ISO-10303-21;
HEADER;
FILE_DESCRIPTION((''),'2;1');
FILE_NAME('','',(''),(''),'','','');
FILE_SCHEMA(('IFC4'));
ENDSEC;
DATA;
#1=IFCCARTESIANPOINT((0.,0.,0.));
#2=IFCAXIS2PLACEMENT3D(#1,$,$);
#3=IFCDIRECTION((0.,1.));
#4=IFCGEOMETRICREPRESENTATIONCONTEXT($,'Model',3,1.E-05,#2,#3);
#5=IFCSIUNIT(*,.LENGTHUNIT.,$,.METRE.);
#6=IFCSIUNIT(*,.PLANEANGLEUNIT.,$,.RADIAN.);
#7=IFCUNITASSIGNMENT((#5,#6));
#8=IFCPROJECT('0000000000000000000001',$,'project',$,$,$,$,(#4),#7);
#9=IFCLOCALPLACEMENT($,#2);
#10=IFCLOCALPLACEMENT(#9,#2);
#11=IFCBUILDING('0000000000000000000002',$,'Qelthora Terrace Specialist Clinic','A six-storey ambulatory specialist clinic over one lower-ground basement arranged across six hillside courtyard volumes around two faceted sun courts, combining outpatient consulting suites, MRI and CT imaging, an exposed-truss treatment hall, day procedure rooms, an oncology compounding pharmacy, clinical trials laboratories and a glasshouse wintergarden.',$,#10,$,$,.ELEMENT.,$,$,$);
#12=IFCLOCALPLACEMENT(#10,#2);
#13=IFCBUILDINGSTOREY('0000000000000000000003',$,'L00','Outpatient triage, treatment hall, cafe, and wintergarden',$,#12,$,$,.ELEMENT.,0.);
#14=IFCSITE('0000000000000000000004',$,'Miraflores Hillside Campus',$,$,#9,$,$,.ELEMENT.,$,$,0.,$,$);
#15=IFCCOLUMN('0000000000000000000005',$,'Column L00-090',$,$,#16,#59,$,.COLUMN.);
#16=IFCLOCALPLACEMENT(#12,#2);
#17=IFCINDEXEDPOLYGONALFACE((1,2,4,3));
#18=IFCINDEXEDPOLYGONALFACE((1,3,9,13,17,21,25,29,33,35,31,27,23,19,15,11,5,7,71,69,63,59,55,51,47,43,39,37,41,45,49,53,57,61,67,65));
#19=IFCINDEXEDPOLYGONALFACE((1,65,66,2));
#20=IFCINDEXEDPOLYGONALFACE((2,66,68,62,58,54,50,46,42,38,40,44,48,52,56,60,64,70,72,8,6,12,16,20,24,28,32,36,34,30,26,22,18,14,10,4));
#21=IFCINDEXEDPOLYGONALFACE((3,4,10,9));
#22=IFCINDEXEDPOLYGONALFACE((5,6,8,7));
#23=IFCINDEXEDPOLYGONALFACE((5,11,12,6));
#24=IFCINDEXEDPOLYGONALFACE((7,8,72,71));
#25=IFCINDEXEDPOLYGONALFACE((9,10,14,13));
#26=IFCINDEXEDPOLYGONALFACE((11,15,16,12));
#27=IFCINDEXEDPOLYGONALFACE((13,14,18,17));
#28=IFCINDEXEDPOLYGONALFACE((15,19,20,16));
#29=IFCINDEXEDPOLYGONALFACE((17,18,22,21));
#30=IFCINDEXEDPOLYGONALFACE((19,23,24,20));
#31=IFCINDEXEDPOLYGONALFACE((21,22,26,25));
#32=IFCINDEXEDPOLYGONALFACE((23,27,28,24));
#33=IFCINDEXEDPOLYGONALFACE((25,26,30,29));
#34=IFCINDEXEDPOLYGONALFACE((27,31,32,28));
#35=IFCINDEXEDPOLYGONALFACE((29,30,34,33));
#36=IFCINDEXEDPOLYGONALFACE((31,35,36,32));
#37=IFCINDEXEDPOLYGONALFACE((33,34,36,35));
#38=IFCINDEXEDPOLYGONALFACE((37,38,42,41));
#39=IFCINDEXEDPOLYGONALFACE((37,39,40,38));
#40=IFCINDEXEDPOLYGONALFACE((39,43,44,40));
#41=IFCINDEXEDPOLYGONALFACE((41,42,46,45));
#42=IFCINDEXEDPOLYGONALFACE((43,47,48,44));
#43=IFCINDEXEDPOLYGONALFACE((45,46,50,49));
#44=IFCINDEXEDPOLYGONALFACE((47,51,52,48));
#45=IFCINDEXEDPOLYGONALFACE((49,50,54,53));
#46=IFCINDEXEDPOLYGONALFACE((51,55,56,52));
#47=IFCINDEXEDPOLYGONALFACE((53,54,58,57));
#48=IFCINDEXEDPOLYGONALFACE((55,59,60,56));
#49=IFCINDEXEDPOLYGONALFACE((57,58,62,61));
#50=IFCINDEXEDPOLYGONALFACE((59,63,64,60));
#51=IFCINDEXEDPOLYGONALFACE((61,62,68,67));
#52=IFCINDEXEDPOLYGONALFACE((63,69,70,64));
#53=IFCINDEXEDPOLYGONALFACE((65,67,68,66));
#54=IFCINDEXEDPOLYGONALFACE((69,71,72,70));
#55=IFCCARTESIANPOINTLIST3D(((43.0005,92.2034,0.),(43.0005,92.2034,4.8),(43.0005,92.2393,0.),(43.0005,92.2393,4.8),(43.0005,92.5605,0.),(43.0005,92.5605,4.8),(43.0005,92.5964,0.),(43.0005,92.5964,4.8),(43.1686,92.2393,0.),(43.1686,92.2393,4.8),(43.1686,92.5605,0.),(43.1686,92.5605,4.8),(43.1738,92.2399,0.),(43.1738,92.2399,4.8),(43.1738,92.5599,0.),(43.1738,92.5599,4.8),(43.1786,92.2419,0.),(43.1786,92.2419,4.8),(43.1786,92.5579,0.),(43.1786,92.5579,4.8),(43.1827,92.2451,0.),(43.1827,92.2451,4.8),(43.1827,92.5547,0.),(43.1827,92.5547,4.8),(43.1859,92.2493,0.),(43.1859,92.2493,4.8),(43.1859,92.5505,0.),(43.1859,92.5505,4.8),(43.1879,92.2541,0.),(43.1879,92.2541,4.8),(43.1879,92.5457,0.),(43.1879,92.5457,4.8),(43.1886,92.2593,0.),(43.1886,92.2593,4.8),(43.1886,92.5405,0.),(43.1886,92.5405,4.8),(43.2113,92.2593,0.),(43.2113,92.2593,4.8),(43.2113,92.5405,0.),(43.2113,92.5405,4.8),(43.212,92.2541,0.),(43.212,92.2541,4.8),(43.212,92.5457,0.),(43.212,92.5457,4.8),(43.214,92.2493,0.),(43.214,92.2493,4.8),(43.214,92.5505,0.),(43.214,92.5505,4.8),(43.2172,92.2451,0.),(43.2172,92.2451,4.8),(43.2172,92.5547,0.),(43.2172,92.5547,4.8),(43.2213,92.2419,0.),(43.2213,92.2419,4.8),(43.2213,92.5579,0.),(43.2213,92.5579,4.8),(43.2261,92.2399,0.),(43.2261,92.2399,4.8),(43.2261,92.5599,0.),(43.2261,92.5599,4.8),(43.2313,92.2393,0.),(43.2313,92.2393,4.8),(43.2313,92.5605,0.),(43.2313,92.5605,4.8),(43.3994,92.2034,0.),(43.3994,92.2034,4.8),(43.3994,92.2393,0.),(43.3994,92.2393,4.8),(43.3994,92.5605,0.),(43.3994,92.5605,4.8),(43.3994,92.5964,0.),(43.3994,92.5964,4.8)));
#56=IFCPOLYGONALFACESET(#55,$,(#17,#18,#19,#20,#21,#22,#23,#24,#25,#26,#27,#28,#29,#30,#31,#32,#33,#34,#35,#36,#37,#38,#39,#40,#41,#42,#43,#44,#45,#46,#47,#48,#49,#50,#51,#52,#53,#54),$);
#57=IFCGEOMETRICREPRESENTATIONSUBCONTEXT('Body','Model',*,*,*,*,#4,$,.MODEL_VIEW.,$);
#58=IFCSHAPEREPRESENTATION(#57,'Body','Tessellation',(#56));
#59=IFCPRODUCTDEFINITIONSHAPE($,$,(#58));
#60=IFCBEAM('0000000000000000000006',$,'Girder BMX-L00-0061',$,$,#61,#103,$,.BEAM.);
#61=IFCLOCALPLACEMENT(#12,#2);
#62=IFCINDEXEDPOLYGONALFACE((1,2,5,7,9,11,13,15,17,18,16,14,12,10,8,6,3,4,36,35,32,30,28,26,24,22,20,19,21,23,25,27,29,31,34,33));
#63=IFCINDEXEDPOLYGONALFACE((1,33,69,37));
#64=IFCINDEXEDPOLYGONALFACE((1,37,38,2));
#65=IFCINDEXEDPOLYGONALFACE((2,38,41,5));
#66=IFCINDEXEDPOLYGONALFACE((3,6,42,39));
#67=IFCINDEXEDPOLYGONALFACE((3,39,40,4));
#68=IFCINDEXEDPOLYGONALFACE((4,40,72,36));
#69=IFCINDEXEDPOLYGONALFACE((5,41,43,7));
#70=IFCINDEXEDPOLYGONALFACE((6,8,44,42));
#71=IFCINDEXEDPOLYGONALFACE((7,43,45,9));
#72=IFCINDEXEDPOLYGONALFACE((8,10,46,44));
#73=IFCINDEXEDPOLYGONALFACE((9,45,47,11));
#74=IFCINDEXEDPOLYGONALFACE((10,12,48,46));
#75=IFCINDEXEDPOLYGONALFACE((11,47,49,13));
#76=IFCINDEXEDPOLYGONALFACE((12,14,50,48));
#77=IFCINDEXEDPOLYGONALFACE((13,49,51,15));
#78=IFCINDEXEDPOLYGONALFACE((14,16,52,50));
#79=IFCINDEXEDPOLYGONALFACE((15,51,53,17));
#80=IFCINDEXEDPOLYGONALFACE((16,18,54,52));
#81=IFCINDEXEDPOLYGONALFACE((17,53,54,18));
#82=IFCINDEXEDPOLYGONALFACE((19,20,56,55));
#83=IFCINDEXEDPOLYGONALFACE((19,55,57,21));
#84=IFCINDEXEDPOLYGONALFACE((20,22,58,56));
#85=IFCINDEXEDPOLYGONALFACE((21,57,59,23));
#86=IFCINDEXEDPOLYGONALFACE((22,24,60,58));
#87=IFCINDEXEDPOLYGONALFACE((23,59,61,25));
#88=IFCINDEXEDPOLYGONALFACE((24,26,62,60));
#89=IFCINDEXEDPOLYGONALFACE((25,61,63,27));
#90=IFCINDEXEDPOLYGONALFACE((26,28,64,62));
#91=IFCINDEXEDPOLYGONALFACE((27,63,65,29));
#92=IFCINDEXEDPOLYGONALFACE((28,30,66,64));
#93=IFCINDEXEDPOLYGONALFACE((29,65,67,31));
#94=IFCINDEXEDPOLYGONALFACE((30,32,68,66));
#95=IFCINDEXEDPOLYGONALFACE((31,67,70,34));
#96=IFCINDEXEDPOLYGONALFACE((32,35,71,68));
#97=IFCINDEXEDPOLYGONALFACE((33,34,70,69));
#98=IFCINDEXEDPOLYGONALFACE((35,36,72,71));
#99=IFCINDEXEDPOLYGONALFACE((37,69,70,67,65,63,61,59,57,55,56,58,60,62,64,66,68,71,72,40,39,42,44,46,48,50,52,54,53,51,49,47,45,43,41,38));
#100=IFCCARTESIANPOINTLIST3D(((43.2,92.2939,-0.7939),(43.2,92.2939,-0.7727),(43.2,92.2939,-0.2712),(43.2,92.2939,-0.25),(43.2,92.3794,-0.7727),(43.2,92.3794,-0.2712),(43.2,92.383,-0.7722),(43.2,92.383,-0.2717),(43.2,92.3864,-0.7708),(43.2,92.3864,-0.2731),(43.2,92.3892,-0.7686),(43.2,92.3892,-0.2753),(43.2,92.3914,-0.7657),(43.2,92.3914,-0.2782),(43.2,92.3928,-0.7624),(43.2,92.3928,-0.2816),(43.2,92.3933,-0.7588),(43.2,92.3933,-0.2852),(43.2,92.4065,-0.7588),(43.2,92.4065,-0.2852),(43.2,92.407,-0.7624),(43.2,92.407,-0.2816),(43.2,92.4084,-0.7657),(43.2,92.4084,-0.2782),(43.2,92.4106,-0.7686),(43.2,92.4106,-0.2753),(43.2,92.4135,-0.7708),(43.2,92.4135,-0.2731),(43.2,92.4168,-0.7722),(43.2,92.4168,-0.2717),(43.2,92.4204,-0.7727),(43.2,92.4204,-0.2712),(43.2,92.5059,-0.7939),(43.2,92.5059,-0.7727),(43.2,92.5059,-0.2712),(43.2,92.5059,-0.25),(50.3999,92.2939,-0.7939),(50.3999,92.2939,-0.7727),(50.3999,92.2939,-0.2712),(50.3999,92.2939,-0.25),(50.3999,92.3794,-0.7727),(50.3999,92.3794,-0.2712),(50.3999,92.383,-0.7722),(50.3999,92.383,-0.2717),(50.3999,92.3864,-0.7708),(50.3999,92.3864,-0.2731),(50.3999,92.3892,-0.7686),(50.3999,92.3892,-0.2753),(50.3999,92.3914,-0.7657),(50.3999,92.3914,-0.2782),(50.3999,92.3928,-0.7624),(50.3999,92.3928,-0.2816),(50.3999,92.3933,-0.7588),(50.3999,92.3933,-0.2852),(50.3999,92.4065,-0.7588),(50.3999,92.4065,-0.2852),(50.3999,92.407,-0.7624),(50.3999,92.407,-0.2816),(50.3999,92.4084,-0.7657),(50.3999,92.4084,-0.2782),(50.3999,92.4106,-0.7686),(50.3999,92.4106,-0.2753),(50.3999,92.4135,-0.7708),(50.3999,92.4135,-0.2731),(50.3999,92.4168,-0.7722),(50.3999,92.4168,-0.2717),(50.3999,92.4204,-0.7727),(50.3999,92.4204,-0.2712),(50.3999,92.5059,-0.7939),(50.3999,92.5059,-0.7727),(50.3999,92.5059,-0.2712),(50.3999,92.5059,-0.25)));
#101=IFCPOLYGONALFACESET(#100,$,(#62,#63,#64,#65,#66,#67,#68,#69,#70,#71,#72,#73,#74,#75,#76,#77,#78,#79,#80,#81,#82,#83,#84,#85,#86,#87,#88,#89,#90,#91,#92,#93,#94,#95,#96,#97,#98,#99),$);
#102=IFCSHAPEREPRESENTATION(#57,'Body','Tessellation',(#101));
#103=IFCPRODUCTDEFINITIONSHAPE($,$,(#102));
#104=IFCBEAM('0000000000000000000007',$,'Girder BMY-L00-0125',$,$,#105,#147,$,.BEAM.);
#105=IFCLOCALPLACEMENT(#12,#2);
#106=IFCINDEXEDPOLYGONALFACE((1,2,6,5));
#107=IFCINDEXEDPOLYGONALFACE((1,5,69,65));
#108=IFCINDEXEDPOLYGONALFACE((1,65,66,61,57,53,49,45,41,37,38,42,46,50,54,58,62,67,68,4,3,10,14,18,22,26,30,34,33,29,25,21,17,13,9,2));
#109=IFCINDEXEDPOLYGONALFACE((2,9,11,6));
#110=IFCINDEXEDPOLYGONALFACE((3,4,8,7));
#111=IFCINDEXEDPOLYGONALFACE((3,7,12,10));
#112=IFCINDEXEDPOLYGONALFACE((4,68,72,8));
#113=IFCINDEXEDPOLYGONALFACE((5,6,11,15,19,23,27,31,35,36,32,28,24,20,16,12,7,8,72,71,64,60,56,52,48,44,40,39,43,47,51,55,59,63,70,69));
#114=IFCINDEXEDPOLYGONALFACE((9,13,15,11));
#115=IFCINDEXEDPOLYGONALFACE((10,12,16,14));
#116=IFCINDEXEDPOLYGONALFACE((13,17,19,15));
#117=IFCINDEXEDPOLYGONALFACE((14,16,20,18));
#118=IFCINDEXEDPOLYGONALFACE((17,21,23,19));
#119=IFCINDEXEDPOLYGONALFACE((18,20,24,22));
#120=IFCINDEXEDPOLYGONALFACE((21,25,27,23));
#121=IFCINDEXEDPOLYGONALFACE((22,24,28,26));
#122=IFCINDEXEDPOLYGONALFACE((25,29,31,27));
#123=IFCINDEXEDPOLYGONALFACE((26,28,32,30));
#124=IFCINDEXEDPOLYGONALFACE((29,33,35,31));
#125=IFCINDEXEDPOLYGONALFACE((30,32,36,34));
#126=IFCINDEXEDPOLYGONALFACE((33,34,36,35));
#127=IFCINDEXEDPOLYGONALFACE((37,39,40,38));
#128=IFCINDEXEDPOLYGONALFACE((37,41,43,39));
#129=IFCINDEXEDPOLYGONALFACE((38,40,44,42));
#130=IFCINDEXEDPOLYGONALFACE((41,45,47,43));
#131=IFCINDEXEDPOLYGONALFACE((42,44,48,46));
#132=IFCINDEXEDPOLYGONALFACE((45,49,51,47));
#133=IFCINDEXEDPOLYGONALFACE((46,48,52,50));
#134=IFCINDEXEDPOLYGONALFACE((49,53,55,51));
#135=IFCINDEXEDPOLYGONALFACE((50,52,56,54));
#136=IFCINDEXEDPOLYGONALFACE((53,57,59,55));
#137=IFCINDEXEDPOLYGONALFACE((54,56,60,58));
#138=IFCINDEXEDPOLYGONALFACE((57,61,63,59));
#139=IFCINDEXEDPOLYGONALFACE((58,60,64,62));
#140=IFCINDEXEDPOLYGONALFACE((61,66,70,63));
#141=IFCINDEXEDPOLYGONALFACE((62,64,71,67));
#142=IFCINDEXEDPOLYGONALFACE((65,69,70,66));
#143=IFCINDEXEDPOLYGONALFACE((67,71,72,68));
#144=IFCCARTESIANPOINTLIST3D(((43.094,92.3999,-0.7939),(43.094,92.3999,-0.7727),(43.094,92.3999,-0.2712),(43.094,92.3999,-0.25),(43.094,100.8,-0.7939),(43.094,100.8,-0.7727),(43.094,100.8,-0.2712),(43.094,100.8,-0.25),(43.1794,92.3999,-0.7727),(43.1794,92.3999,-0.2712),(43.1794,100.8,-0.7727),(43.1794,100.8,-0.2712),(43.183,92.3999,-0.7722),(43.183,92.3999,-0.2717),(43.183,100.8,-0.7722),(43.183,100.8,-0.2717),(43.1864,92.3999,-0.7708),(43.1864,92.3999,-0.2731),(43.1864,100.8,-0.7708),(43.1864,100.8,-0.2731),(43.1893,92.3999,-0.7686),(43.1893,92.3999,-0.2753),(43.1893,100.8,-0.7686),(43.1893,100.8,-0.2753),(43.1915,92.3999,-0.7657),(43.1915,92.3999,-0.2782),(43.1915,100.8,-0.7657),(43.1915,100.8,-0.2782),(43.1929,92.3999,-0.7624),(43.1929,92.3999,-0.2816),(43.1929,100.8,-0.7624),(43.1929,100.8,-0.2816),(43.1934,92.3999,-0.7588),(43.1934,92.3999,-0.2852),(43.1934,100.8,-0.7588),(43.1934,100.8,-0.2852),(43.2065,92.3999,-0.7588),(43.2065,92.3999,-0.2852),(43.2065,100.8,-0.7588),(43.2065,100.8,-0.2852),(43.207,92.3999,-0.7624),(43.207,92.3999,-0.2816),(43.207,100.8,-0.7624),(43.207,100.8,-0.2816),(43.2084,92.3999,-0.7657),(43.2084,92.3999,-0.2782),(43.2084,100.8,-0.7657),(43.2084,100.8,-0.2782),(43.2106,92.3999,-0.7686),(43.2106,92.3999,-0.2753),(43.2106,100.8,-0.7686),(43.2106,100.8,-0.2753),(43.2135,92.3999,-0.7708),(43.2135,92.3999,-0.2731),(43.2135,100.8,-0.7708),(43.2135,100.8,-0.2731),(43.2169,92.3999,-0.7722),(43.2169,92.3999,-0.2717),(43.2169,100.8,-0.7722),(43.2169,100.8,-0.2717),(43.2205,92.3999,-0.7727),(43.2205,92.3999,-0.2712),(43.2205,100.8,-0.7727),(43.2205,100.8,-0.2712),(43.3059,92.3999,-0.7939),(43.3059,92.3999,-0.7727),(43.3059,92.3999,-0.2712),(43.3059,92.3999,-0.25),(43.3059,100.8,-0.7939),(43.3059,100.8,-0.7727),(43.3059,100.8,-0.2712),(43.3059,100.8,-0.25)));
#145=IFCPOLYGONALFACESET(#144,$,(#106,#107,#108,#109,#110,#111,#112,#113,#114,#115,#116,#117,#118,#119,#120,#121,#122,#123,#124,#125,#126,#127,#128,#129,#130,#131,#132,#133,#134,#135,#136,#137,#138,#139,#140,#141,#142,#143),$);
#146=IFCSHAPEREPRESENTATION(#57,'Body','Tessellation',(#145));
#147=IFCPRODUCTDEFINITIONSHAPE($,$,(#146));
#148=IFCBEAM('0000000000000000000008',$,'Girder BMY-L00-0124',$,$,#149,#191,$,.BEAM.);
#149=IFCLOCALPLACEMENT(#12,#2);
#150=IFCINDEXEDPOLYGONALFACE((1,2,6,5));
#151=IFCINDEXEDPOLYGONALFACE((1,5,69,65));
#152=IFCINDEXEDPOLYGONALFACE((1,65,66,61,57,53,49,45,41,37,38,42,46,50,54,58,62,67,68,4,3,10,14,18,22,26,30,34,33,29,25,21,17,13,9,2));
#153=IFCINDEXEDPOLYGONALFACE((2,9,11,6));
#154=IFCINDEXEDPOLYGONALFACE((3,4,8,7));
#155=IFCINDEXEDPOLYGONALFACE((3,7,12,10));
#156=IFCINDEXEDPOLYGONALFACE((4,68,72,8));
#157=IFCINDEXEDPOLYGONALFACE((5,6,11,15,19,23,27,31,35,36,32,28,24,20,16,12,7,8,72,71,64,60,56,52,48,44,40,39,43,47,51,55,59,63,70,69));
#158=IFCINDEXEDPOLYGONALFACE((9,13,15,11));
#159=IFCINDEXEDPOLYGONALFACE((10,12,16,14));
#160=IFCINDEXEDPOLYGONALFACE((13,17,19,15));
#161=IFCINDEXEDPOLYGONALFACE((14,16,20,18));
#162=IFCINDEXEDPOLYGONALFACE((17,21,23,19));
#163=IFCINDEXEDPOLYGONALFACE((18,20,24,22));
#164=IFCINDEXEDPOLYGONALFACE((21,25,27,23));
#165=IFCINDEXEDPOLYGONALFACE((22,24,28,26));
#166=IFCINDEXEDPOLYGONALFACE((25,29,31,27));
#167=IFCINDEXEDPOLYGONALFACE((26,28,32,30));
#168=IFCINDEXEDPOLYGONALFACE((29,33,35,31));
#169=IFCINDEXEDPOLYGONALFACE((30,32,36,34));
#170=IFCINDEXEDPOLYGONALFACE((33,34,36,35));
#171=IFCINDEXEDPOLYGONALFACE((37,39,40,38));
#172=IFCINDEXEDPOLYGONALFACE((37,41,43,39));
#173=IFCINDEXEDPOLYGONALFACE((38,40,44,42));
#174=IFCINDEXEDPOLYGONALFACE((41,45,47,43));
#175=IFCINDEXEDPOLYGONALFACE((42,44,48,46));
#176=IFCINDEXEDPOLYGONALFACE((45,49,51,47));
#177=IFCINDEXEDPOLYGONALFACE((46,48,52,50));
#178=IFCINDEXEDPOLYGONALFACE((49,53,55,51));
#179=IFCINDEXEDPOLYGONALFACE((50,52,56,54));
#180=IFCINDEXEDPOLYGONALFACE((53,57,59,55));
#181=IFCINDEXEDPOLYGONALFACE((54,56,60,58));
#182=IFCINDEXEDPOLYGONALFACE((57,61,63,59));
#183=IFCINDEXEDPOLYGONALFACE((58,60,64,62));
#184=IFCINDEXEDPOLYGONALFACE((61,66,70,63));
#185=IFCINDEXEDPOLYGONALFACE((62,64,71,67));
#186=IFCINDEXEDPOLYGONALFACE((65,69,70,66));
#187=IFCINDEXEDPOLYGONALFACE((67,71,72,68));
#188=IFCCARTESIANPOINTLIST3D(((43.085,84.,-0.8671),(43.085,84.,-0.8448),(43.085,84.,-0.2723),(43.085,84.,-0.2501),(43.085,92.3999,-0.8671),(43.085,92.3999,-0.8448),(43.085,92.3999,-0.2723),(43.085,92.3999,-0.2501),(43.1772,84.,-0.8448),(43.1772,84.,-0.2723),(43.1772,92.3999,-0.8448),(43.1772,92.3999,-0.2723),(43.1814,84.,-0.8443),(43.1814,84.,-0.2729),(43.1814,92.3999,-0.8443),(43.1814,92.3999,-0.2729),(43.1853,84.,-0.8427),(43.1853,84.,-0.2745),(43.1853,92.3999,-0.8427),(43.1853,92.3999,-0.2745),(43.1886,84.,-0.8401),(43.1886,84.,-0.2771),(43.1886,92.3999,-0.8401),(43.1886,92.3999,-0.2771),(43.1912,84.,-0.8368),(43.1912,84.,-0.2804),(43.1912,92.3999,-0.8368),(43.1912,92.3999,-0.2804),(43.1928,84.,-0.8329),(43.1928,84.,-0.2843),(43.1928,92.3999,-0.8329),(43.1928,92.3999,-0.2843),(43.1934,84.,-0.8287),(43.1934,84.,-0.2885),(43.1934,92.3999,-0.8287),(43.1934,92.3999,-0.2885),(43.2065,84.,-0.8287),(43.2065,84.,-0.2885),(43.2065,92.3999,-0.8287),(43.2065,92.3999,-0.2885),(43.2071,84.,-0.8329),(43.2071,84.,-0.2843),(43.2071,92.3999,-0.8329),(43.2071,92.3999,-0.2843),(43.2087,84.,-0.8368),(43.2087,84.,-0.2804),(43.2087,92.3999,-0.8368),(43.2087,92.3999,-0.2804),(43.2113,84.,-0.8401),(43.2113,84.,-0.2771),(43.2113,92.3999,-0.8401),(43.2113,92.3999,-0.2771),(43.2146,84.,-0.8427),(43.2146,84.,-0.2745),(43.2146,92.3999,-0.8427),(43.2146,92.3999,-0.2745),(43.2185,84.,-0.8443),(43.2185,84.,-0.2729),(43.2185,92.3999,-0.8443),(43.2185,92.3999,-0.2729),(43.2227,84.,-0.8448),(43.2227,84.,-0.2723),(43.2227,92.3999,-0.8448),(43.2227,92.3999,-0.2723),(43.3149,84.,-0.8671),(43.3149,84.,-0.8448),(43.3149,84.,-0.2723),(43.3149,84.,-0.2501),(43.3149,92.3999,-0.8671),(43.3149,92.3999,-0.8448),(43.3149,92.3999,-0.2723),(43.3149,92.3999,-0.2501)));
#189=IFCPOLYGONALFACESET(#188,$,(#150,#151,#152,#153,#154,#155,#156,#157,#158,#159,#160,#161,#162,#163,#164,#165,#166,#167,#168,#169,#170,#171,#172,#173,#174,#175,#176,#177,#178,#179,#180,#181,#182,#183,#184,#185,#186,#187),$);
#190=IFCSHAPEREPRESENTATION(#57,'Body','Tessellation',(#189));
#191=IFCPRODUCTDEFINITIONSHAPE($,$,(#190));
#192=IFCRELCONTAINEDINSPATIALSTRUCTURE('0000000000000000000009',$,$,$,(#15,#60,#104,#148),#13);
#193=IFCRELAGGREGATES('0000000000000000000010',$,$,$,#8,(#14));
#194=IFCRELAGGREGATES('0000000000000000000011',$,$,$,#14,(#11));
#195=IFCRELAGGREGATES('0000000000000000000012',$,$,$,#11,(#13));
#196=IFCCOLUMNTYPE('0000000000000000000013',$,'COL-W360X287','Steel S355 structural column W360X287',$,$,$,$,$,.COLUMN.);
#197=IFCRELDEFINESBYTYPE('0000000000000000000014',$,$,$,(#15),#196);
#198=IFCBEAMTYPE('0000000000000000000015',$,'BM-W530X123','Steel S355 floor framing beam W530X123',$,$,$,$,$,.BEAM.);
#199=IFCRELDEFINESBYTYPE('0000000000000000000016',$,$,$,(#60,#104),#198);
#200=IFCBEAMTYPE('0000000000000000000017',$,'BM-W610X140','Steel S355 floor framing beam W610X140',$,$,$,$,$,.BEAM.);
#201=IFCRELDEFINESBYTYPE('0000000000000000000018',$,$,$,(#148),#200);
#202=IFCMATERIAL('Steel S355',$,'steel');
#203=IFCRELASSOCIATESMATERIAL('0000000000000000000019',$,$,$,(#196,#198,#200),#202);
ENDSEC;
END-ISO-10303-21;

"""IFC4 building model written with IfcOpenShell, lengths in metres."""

from ifc_helpers import new_model, si_unit, direction, frame, origin, origin_2d, place, context, subcontext, project, spatial, i_section, extrude, material, material_profile, profile_set, type_object, element, save


model = new_model("IFC4")

# Units and contexts
model_context = context("Model", 3, precision=1e-05, world=origin(), true_north=direction((0.0, 1.0)))
body_context = subcontext(model_context, "Body", "Model", "MODEL_VIEW")
ifc_project = project(units=[si_unit("LENGTHUNIT", "METRE"), si_unit("PLANEANGLEUNIT", "RADIAN")], contexts=[model_context])

# Site, building, storey
site_placement = place(None, origin())
site = spatial("IfcSite", under=ifc_project, at=site_placement, Name="Miraflores Hillside Campus", CompositionType="ELEMENT", RefElevation=0.0)
building_placement = place(site_placement, origin())
building = spatial("IfcBuilding", under=site, at=building_placement, Name="Qelthora Terrace Specialist Clinic", Description="A six-storey ambulatory specialist clinic over one lower-ground basement arranged across six hillside courtyard volumes around two faceted sun courts, combining outpatient consulting suites, MRI and CT imaging, an exposed-truss treatment hall, day procedure rooms, an oncology compounding pharmacy, clinical trials laboratories and a glasshouse wintergarden.", CompositionType="ELEMENT")
storey_placement = place(building_placement, origin())
storey = spatial("IfcBuildingStorey", under=building, at=storey_placement, Name="L00", Description="Outpatient triage, treatment hall, cafe, and wintergarden", CompositionType="ELEMENT", Elevation=0.0)

# Column
ifc_material_1 = material(Name="Steel S355", Category="steel")
ifc_material_profile_1 = material_profile(ifc_material_1, i_section(OverallWidth=0.3989, OverallDepth=0.3931, WebThickness=0.0227, FlangeThickness=0.0359, FilletRadius=0.02, at=origin_2d()), Name="W360X287")
ifc_profile_set_1 = profile_set([ifc_material_profile_1], Name="Steel S355")
column_type_1 = type_object("IfcColumnType", Name="COL-W360X287", Description="Steel S355 structural column W360X287", PredefinedType="COLUMN", material=ifc_profile_set_1)
column_1_placement = place(storey_placement, frame((43.2, 92.3999, 0.0), z_axis=(0.0, 0.0, 1.0), x_axis=(1.0, 0.0, 0.0)))
element("IfcColumn", 1, at=column_1_placement, inside=storey, type_object=column_type_1, Name="Column L00-090", PredefinedType="COLUMN", context=body_context, shape_type="SweptSolid", body=[
    extrude(i_section(OverallWidth=0.3989, OverallDepth=0.3931, WebThickness=0.0227, FlangeThickness=0.0359, FilletRadius=0.02, at=origin_2d()), origin(), (0.0, 0.0, 1.0), 4.8),
])

# Beams
ifc_material_profile_2 = material_profile(ifc_material_1, i_section(OverallWidth=0.2119, OverallDepth=0.5439, WebThickness=0.0132, FlangeThickness=0.0212, FilletRadius=0.0139, at=origin_2d()), Name="W530X123")
ifc_profile_set_2 = profile_set([ifc_material_profile_2], Name="Steel S355")
beam_type_1 = type_object("IfcBeamType", Name="BM-W530X123", Description="Steel S355 floor framing beam W530X123", PredefinedType="BEAM", material=ifc_profile_set_2)
beam_1_placement = place(storey_placement, frame((43.2, 92.3999, -0.522), z_axis=(1.0, 0.0, 0.0), x_axis=(0.0, 1.0, 0.0)))
element("IfcBeam", 2, at=beam_1_placement, inside=storey, type_object=beam_type_1, Name="Girder BMX-L00-0061", PredefinedType="BEAM", context=body_context, shape_type="SweptSolid", body=[
    extrude(i_section(OverallWidth=0.2119, OverallDepth=0.5439, WebThickness=0.0132, FlangeThickness=0.0212, FilletRadius=0.0139, at=origin_2d()), origin(), (0.0, 0.0, 1.0), 7.2),
])
beam_2_placement = place(storey_placement, frame((43.2, 92.3999, -0.522), z_axis=(0.0, 1.0, 0.0), x_axis=(-1.0, 0.0, 0.0)))
element("IfcBeam", 3, at=beam_2_placement, inside=storey, type_object=beam_type_1, Name="Girder BMY-L00-0125", PredefinedType="BEAM", context=body_context, shape_type="SweptSolid", body=[
    extrude(i_section(OverallWidth=0.2119, OverallDepth=0.5439, WebThickness=0.0132, FlangeThickness=0.0212, FilletRadius=0.0139, at=origin_2d()), origin(), (0.0, 0.0, 1.0), 8.4001),
])
ifc_material_profile_3 = material_profile(ifc_material_1, i_section(OverallWidth=0.23, OverallDepth=0.6169, WebThickness=0.0132, FlangeThickness=0.0222, FilletRadius=0.0161, at=origin_2d()), Name="W610X140")
ifc_profile_set_3 = profile_set([ifc_material_profile_3], Name="Steel S355")
beam_type_2 = type_object("IfcBeamType", Name="BM-W610X140", Description="Steel S355 floor framing beam W610X140", PredefinedType="BEAM", material=ifc_profile_set_3)
beam_3_placement = place(storey_placement, frame((43.2, 84.0, -0.5586), z_axis=(0.0, 1.0, 0.0), x_axis=(-1.0, 0.0, 0.0)))
element("IfcBeam", 4, at=beam_3_placement, inside=storey, type_object=beam_type_2, Name="Girder BMY-L00-0124", PredefinedType="BEAM", context=body_context, shape_type="SweptSolid", body=[
    extrude(i_section(OverallWidth=0.23, OverallDepth=0.6169, WebThickness=0.0132, FlangeThickness=0.0222, FilletRadius=0.0161, at=origin_2d()), origin(), (0.0, 0.0, 1.0), 8.3999),
])

save(model, "model.ifc")
